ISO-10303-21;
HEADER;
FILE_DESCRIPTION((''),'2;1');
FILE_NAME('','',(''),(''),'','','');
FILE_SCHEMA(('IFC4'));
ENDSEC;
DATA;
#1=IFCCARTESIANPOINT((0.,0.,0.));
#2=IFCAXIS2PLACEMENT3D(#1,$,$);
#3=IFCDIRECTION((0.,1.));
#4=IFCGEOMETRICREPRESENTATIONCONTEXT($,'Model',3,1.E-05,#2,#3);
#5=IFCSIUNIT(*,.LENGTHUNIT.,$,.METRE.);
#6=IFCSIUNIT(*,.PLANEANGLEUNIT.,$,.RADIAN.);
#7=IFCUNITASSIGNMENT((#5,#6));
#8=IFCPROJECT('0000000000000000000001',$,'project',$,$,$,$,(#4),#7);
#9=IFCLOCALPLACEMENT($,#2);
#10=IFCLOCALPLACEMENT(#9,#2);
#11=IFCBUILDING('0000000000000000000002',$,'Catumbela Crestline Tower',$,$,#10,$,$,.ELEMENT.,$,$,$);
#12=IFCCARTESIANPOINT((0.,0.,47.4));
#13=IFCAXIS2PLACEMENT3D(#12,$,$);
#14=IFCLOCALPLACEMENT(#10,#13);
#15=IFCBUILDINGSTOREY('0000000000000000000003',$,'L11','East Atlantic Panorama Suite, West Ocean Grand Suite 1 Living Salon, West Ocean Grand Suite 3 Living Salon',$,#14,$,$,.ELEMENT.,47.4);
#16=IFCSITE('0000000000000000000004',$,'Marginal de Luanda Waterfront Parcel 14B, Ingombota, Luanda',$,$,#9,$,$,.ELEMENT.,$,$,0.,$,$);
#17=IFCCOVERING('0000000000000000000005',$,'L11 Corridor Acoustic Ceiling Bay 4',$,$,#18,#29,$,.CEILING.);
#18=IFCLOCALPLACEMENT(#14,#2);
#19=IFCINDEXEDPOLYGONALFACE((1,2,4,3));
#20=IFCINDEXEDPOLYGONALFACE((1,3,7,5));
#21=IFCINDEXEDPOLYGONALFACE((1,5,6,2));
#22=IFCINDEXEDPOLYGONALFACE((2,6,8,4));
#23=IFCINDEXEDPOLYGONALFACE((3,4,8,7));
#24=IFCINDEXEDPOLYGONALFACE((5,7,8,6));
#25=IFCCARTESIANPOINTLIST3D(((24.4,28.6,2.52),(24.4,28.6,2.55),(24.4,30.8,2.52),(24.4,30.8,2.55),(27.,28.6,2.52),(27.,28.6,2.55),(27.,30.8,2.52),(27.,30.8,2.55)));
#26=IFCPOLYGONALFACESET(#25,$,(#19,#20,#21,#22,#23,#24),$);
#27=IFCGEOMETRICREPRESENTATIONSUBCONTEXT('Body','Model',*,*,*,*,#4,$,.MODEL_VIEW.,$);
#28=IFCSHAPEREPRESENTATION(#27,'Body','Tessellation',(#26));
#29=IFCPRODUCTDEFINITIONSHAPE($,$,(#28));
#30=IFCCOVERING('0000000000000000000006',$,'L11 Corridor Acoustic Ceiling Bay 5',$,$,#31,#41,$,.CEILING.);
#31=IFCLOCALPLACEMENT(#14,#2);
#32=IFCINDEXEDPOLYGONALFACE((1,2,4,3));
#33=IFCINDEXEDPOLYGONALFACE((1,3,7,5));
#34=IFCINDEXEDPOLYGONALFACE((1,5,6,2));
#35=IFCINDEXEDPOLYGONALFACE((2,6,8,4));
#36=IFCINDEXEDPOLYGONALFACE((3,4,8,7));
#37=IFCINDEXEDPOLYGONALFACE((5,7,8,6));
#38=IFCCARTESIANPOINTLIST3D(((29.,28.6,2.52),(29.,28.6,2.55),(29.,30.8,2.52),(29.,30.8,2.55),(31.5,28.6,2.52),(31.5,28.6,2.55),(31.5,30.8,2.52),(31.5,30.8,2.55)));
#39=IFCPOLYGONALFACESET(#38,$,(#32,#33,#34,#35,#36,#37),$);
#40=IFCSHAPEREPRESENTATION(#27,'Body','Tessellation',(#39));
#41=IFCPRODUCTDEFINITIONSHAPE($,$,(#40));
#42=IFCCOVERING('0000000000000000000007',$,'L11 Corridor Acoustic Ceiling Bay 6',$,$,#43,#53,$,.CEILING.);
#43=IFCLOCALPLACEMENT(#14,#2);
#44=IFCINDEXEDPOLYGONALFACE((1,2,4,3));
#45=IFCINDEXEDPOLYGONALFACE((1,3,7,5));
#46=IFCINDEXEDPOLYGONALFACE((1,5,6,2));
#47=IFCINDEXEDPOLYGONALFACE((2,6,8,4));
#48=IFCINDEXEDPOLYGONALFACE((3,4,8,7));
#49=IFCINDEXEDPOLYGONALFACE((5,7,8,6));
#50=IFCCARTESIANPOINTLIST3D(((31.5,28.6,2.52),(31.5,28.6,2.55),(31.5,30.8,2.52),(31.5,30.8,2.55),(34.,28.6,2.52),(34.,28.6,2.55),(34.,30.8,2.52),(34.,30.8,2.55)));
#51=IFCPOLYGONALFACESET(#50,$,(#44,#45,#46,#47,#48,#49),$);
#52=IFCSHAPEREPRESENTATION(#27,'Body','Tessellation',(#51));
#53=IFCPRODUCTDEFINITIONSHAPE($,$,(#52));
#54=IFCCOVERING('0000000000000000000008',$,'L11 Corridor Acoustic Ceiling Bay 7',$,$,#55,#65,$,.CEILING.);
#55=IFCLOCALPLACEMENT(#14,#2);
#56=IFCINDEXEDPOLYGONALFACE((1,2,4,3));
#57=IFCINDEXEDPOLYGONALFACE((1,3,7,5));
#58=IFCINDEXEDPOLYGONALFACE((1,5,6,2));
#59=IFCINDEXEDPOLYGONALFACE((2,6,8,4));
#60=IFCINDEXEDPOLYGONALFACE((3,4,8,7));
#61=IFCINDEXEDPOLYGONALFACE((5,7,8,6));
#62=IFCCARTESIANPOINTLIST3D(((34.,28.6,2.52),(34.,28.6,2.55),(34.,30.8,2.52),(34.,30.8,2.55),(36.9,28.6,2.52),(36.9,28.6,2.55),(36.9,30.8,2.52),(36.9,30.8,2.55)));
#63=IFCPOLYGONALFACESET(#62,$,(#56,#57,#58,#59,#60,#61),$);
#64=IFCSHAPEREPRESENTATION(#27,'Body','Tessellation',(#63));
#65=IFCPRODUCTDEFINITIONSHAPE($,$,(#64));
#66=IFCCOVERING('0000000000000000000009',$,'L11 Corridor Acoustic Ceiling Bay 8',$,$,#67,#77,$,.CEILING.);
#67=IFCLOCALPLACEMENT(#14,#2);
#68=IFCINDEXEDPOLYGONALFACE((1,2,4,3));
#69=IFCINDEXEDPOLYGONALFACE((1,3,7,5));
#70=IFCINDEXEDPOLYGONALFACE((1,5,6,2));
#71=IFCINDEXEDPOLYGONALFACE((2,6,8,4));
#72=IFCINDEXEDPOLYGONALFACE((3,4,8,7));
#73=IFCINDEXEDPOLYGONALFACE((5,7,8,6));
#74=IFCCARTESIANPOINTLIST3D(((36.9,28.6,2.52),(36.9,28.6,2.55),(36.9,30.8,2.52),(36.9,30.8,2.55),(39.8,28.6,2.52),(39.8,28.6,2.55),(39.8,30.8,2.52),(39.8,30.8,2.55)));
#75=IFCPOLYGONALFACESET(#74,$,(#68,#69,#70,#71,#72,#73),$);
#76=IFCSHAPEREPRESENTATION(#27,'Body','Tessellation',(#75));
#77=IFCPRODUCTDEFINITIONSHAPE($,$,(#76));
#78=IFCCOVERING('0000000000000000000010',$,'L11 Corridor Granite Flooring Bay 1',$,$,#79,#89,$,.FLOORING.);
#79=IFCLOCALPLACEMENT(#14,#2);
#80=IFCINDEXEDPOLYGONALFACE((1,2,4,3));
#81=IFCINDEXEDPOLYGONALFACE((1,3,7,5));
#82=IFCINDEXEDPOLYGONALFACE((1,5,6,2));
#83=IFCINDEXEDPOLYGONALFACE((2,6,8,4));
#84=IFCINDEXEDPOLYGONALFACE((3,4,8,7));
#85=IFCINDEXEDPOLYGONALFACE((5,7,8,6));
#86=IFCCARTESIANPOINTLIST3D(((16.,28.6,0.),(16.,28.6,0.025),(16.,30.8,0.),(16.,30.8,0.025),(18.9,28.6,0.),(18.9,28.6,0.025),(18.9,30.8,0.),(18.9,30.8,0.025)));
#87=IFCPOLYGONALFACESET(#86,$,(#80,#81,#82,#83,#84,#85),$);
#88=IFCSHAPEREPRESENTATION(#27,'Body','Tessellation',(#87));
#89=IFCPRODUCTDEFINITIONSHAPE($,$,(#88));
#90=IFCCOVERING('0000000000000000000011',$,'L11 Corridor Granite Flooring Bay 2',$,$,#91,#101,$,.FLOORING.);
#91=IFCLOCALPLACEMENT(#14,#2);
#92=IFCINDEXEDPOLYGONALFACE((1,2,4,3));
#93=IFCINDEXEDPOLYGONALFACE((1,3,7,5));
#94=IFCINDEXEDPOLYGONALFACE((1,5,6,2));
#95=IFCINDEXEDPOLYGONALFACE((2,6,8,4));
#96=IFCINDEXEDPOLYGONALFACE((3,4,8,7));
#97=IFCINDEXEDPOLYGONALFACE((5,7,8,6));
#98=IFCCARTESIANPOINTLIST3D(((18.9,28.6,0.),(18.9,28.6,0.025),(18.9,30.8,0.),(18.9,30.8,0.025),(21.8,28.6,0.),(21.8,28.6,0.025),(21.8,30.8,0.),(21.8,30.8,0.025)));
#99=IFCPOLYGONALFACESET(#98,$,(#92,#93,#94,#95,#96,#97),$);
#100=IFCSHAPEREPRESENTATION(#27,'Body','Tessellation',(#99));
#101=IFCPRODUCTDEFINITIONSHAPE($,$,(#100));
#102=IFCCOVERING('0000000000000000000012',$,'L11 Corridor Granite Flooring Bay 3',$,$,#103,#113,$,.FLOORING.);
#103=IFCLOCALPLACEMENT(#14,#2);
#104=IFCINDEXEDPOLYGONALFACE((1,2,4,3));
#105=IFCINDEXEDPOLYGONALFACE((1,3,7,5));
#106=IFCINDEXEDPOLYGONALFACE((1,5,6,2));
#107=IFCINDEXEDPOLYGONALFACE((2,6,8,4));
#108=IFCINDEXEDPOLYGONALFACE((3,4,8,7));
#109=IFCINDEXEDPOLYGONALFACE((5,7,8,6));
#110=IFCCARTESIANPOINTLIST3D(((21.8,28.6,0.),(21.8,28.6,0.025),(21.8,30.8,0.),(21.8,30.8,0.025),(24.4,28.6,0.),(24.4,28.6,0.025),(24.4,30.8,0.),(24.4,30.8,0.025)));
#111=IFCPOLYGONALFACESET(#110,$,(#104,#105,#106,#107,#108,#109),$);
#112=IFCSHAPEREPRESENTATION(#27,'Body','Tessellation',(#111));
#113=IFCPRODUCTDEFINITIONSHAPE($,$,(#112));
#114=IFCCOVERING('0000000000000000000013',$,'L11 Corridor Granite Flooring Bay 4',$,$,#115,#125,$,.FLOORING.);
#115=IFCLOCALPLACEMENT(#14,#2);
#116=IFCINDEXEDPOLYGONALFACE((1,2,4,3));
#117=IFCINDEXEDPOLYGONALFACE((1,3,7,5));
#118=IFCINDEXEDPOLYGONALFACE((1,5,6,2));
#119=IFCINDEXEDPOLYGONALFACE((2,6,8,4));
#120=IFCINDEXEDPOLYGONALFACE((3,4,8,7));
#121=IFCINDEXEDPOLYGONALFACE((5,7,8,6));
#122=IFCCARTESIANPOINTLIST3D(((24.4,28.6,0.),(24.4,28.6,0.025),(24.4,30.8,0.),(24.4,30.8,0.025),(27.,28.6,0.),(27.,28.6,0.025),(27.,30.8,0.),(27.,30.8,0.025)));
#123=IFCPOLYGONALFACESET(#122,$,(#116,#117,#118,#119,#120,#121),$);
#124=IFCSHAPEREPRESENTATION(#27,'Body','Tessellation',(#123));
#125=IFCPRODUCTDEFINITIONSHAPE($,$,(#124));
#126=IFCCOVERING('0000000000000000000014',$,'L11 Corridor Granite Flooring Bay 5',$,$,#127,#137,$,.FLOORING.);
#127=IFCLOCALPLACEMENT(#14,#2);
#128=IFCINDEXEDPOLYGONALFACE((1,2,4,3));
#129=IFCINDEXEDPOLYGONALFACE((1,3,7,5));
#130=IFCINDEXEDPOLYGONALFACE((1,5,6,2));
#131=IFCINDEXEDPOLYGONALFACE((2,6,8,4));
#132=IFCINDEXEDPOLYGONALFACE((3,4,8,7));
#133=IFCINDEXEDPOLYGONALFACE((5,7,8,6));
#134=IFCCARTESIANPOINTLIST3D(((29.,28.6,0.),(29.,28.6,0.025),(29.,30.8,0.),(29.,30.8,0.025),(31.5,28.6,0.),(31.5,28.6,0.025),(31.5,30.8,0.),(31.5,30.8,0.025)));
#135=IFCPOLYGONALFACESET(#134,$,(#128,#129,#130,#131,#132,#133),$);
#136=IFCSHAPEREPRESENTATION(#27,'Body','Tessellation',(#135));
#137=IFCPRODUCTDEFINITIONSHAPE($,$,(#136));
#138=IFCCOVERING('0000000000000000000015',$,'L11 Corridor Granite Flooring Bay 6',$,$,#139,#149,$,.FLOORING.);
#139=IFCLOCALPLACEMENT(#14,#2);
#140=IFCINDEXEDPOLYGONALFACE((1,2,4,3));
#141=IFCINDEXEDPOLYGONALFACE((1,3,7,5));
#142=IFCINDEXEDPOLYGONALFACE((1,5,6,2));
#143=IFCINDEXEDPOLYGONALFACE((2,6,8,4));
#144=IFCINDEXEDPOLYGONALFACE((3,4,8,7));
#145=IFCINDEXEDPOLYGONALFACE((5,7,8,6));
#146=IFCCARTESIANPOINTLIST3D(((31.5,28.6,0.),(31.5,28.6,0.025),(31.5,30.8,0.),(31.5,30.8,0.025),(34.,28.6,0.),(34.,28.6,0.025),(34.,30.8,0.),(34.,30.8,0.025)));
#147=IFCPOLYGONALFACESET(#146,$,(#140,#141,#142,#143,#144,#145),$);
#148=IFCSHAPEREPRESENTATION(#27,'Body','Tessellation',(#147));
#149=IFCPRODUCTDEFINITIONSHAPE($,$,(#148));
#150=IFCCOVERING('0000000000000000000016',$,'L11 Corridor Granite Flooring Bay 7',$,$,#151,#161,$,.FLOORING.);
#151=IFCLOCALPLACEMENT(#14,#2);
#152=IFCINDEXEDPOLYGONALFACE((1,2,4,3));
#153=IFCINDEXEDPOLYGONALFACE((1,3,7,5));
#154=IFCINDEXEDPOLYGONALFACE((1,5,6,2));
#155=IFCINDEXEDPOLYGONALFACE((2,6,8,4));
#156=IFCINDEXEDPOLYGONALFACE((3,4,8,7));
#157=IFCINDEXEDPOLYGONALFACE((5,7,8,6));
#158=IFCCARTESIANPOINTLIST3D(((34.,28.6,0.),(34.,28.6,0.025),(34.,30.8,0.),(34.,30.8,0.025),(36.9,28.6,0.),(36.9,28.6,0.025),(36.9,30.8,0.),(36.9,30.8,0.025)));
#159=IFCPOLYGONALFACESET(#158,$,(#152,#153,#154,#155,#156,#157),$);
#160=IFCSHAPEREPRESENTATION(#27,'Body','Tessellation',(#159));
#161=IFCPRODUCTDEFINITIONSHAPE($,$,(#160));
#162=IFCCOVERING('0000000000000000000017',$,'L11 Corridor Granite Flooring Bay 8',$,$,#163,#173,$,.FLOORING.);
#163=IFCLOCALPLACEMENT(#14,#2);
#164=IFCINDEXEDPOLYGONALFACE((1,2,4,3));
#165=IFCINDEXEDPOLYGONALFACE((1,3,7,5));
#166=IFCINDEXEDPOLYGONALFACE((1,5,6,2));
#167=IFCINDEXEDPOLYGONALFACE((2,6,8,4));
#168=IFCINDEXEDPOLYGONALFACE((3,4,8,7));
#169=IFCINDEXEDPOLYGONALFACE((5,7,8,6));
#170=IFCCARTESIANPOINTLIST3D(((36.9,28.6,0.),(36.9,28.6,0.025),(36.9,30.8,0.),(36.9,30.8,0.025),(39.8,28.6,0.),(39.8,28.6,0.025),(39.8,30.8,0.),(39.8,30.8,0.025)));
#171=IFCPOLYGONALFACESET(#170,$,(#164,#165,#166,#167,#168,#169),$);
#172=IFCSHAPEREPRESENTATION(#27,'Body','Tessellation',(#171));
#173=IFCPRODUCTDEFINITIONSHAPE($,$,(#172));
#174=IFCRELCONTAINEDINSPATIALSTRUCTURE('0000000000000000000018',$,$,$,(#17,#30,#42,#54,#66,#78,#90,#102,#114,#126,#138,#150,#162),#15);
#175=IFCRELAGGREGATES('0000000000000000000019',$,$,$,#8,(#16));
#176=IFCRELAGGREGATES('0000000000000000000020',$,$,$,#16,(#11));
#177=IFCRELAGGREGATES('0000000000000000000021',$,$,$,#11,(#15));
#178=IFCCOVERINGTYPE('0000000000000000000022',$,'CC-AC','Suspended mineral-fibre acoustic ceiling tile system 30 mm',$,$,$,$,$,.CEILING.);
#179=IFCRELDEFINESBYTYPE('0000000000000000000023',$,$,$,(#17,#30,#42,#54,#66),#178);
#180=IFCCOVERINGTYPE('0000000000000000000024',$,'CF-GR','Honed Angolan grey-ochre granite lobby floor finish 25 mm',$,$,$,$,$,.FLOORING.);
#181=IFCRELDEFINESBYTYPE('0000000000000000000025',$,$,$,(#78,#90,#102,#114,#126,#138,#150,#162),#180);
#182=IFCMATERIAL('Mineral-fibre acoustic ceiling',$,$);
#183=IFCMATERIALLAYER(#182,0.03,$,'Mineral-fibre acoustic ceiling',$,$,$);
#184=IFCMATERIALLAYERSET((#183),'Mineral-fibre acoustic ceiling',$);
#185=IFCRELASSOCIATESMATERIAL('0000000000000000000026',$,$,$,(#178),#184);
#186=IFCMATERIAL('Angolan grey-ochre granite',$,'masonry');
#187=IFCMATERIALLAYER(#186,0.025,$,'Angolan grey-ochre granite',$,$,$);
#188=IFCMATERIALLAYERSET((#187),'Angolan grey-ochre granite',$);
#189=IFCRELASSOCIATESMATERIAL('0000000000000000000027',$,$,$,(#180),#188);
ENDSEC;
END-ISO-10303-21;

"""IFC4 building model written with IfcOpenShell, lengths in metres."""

from ifc_helpers import new_model, si_unit, direction, frame, origin, place, context, subcontext, project, spatial, polyline, outline, extrude, material, layer, layer_set, type_object, element, save


model = new_model("IFC4")

# Units and contexts
model_context = context("Model", 3, precision=1e-05, world=origin(), true_north=direction((0.0, 1.0)))
body_context = subcontext(model_context, "Body", "Model", "MODEL_VIEW")
ifc_project = project(units=[si_unit("LENGTHUNIT", "METRE"), si_unit("PLANEANGLEUNIT", "RADIAN")], contexts=[model_context])

# Site, building, storey
site_placement = place(None, origin())
site = spatial("IfcSite", under=ifc_project, at=site_placement, Name="Marginal de Luanda Waterfront Parcel 14B, Ingombota, Luanda", CompositionType="ELEMENT", RefElevation=0.0)
building_placement = place(site_placement, origin())
building = spatial("IfcBuilding", under=site, at=building_placement, Name="Catumbela Crestline Tower", CompositionType="ELEMENT")
storey_placement = place(building_placement, frame((0.0, 0.0, 47.4)))
storey = spatial("IfcBuildingStorey", under=building, at=storey_placement, Name="L11", Description="East Atlantic Panorama Suite, West Ocean Grand Suite 1 Living Salon, West Ocean Grand Suite 3 Living Salon", CompositionType="ELEMENT", Elevation=47.4)

# Shared definitions
ifc_material_1 = material(Name="Angolan grey-ochre granite", Category="masonry")

# Coverings
ifc_material_2 = material(Name="Mineral-fibre acoustic ceiling")
ifc_layer_1 = layer(ifc_material_2, 0.03, Name="Mineral-fibre acoustic ceiling")
ifc_layer_set_1 = layer_set([ifc_layer_1], Name="Mineral-fibre acoustic ceiling")
covering_type_1 = type_object("IfcCoveringType", Name="CC-AC", Description="Suspended mineral-fibre acoustic ceiling tile system 30 mm", PredefinedType="CEILING", material=ifc_layer_set_1)
covering_1_placement = place(storey_placement, frame((0.0, 0.0, 2.52)))
element("IfcCovering", 1, at=covering_1_placement, inside=storey, type_object=covering_type_1, Name="L11 Corridor Acoustic Ceiling Bay 4", PredefinedType="CEILING", context=body_context, shape_type="SweptSolid", body=[
    extrude(outline(polyline([(24.4, 28.6), (27.0, 28.6), (27.0, 30.8), (24.4, 30.8), (24.4, 28.6)])), origin(), (0.0, 0.0, 1.0), 0.03),
])
covering_2_placement = place(storey_placement, frame((0.0, 0.0, 2.52)))
element("IfcCovering", 2, at=covering_2_placement, inside=storey, type_object=covering_type_1, Name="L11 Corridor Acoustic Ceiling Bay 5", PredefinedType="CEILING", context=body_context, shape_type="SweptSolid", body=[
    extrude(outline(polyline([(29.0, 28.6), (31.5, 28.6), (31.5, 30.8), (29.0, 30.8), (29.0, 28.6)])), origin(), (0.0, 0.0, 1.0), 0.03),
])
covering_3_placement = place(storey_placement, frame((0.0, 0.0, 2.52)))
element("IfcCovering", 3, at=covering_3_placement, inside=storey, type_object=covering_type_1, Name="L11 Corridor Acoustic Ceiling Bay 6", PredefinedType="CEILING", context=body_context, shape_type="SweptSolid", body=[
    extrude(outline(polyline([(31.5, 28.6), (34.0, 28.6), (34.0, 30.8), (31.5, 30.8), (31.5, 28.6)])), origin(), (0.0, 0.0, 1.0), 0.03),
])
covering_4_placement = place(storey_placement, frame((0.0, 0.0, 2.52)))
element("IfcCovering", 4, at=covering_4_placement, inside=storey, type_object=covering_type_1, Name="L11 Corridor Acoustic Ceiling Bay 7", PredefinedType="CEILING", context=body_context, shape_type="SweptSolid", body=[
    extrude(outline(polyline([(34.0, 28.6), (36.9, 28.6), (36.9, 30.8), (34.0, 30.8), (34.0, 28.6)])), origin(), (0.0, 0.0, 1.0), 0.03),
])
covering_5_placement = place(storey_placement, frame((0.0, 0.0, 2.52)))
element("IfcCovering", 5, at=covering_5_placement, inside=storey, type_object=covering_type_1, Name="L11 Corridor Acoustic Ceiling Bay 8", PredefinedType="CEILING", context=body_context, shape_type="SweptSolid", body=[
    extrude(outline(polyline([(36.9, 28.6), (39.8, 28.6), (39.8, 30.8), (36.9, 30.8), (36.9, 28.6)])), origin(), (0.0, 0.0, 1.0), 0.03),
])
ifc_layer_2 = layer(ifc_material_1, 0.025, Name="Angolan grey-ochre granite")
ifc_layer_set_2 = layer_set([ifc_layer_2], Name="Angolan grey-ochre granite")
covering_type_2 = type_object("IfcCoveringType", Name="CF-GR", Description="Honed Angolan grey-ochre granite lobby floor finish 25 mm", PredefinedType="FLOORING", material=ifc_layer_set_2)
covering_6_placement = place(storey_placement, origin())
element("IfcCovering", 6, at=covering_6_placement, inside=storey, type_object=covering_type_2, Name="L11 Corridor Granite Flooring Bay 1", PredefinedType="FLOORING", context=body_context, shape_type="SweptSolid", body=[
    extrude(outline(polyline([(16.0, 28.6), (18.9, 28.6), (18.9, 30.8), (16.0, 30.8), (16.0, 28.6)])), origin(), (0.0, 0.0, 1.0), 0.025),
])
covering_7_placement = place(storey_placement, origin())
element("IfcCovering", 7, at=covering_7_placement, inside=storey, type_object=covering_type_2, Name="L11 Corridor Granite Flooring Bay 2", PredefinedType="FLOORING", context=body_context, shape_type="SweptSolid", body=[
    extrude(outline(polyline([(18.9, 28.6), (21.8, 28.6), (21.8, 30.8), (18.9, 30.8), (18.9, 28.6)])), origin(), (0.0, 0.0, 1.0), 0.025),
])
covering_8_placement = place(storey_placement, origin())
element("IfcCovering", 8, at=covering_8_placement, inside=storey, type_object=covering_type_2, Name="L11 Corridor Granite Flooring Bay 3", PredefinedType="FLOORING", context=body_context, shape_type="SweptSolid", body=[
    extrude(outline(polyline([(21.8, 28.6), (24.4, 28.6), (24.4, 30.8), (21.8, 30.8), (21.8, 28.6)])), origin(), (0.0, 0.0, 1.0), 0.025),
])
covering_9_placement = place(storey_placement, origin())
element("IfcCovering", 9, at=covering_9_placement, inside=storey, type_object=covering_type_2, Name="L11 Corridor Granite Flooring Bay 4", PredefinedType="FLOORING", context=body_context, shape_type="SweptSolid", body=[
    extrude(outline(polyline([(24.4, 28.6), (27.0, 28.6), (27.0, 30.8), (24.4, 30.8), (24.4, 28.6)])), origin(), (0.0, 0.0, 1.0), 0.025),
])
covering_10_placement = place(storey_placement, origin())
element("IfcCovering", 10, at=covering_10_placement, inside=storey, type_object=covering_type_2, Name="L11 Corridor Granite Flooring Bay 5", PredefinedType="FLOORING", context=body_context, shape_type="SweptSolid", body=[
    extrude(outline(polyline([(29.0, 28.6), (31.5, 28.6), (31.5, 30.8), (29.0, 30.8), (29.0, 28.6)])), origin(), (0.0, 0.0, 1.0), 0.025),
])
covering_11_placement = place(storey_placement, origin())
element("IfcCovering", 11, at=covering_11_placement, inside=storey, type_object=covering_type_2, Name="L11 Corridor Granite Flooring Bay 6", PredefinedType="FLOORING", context=body_context, shape_type="SweptSolid", body=[
    extrude(outline(polyline([(31.5, 28.6), (34.0, 28.6), (34.0, 30.8), (31.5, 30.8), (31.5, 28.6)])), origin(), (0.0, 0.0, 1.0), 0.025),
])
covering_12_placement = place(storey_placement, origin())
element("IfcCovering", 12, at=covering_12_placement, inside=storey, type_object=covering_type_2, Name="L11 Corridor Granite Flooring Bay 7", PredefinedType="FLOORING", context=body_context, shape_type="SweptSolid", body=[
    extrude(outline(polyline([(34.0, 28.6), (36.9, 28.6), (36.9, 30.8), (34.0, 30.8), (34.0, 28.6)])), origin(), (0.0, 0.0, 1.0), 0.025),
])
covering_13_placement = place(storey_placement, origin())
element("IfcCovering", 13, at=covering_13_placement, inside=storey, type_object=covering_type_2, Name="L11 Corridor Granite Flooring Bay 8", PredefinedType="FLOORING", context=body_context, shape_type="SweptSolid", body=[
    extrude(outline(polyline([(36.9, 28.6), (39.8, 28.6), (39.8, 30.8), (36.9, 30.8), (36.9, 28.6)])), origin(), (0.0, 0.0, 1.0), 0.025),
])

save(model, "model.ifc")
